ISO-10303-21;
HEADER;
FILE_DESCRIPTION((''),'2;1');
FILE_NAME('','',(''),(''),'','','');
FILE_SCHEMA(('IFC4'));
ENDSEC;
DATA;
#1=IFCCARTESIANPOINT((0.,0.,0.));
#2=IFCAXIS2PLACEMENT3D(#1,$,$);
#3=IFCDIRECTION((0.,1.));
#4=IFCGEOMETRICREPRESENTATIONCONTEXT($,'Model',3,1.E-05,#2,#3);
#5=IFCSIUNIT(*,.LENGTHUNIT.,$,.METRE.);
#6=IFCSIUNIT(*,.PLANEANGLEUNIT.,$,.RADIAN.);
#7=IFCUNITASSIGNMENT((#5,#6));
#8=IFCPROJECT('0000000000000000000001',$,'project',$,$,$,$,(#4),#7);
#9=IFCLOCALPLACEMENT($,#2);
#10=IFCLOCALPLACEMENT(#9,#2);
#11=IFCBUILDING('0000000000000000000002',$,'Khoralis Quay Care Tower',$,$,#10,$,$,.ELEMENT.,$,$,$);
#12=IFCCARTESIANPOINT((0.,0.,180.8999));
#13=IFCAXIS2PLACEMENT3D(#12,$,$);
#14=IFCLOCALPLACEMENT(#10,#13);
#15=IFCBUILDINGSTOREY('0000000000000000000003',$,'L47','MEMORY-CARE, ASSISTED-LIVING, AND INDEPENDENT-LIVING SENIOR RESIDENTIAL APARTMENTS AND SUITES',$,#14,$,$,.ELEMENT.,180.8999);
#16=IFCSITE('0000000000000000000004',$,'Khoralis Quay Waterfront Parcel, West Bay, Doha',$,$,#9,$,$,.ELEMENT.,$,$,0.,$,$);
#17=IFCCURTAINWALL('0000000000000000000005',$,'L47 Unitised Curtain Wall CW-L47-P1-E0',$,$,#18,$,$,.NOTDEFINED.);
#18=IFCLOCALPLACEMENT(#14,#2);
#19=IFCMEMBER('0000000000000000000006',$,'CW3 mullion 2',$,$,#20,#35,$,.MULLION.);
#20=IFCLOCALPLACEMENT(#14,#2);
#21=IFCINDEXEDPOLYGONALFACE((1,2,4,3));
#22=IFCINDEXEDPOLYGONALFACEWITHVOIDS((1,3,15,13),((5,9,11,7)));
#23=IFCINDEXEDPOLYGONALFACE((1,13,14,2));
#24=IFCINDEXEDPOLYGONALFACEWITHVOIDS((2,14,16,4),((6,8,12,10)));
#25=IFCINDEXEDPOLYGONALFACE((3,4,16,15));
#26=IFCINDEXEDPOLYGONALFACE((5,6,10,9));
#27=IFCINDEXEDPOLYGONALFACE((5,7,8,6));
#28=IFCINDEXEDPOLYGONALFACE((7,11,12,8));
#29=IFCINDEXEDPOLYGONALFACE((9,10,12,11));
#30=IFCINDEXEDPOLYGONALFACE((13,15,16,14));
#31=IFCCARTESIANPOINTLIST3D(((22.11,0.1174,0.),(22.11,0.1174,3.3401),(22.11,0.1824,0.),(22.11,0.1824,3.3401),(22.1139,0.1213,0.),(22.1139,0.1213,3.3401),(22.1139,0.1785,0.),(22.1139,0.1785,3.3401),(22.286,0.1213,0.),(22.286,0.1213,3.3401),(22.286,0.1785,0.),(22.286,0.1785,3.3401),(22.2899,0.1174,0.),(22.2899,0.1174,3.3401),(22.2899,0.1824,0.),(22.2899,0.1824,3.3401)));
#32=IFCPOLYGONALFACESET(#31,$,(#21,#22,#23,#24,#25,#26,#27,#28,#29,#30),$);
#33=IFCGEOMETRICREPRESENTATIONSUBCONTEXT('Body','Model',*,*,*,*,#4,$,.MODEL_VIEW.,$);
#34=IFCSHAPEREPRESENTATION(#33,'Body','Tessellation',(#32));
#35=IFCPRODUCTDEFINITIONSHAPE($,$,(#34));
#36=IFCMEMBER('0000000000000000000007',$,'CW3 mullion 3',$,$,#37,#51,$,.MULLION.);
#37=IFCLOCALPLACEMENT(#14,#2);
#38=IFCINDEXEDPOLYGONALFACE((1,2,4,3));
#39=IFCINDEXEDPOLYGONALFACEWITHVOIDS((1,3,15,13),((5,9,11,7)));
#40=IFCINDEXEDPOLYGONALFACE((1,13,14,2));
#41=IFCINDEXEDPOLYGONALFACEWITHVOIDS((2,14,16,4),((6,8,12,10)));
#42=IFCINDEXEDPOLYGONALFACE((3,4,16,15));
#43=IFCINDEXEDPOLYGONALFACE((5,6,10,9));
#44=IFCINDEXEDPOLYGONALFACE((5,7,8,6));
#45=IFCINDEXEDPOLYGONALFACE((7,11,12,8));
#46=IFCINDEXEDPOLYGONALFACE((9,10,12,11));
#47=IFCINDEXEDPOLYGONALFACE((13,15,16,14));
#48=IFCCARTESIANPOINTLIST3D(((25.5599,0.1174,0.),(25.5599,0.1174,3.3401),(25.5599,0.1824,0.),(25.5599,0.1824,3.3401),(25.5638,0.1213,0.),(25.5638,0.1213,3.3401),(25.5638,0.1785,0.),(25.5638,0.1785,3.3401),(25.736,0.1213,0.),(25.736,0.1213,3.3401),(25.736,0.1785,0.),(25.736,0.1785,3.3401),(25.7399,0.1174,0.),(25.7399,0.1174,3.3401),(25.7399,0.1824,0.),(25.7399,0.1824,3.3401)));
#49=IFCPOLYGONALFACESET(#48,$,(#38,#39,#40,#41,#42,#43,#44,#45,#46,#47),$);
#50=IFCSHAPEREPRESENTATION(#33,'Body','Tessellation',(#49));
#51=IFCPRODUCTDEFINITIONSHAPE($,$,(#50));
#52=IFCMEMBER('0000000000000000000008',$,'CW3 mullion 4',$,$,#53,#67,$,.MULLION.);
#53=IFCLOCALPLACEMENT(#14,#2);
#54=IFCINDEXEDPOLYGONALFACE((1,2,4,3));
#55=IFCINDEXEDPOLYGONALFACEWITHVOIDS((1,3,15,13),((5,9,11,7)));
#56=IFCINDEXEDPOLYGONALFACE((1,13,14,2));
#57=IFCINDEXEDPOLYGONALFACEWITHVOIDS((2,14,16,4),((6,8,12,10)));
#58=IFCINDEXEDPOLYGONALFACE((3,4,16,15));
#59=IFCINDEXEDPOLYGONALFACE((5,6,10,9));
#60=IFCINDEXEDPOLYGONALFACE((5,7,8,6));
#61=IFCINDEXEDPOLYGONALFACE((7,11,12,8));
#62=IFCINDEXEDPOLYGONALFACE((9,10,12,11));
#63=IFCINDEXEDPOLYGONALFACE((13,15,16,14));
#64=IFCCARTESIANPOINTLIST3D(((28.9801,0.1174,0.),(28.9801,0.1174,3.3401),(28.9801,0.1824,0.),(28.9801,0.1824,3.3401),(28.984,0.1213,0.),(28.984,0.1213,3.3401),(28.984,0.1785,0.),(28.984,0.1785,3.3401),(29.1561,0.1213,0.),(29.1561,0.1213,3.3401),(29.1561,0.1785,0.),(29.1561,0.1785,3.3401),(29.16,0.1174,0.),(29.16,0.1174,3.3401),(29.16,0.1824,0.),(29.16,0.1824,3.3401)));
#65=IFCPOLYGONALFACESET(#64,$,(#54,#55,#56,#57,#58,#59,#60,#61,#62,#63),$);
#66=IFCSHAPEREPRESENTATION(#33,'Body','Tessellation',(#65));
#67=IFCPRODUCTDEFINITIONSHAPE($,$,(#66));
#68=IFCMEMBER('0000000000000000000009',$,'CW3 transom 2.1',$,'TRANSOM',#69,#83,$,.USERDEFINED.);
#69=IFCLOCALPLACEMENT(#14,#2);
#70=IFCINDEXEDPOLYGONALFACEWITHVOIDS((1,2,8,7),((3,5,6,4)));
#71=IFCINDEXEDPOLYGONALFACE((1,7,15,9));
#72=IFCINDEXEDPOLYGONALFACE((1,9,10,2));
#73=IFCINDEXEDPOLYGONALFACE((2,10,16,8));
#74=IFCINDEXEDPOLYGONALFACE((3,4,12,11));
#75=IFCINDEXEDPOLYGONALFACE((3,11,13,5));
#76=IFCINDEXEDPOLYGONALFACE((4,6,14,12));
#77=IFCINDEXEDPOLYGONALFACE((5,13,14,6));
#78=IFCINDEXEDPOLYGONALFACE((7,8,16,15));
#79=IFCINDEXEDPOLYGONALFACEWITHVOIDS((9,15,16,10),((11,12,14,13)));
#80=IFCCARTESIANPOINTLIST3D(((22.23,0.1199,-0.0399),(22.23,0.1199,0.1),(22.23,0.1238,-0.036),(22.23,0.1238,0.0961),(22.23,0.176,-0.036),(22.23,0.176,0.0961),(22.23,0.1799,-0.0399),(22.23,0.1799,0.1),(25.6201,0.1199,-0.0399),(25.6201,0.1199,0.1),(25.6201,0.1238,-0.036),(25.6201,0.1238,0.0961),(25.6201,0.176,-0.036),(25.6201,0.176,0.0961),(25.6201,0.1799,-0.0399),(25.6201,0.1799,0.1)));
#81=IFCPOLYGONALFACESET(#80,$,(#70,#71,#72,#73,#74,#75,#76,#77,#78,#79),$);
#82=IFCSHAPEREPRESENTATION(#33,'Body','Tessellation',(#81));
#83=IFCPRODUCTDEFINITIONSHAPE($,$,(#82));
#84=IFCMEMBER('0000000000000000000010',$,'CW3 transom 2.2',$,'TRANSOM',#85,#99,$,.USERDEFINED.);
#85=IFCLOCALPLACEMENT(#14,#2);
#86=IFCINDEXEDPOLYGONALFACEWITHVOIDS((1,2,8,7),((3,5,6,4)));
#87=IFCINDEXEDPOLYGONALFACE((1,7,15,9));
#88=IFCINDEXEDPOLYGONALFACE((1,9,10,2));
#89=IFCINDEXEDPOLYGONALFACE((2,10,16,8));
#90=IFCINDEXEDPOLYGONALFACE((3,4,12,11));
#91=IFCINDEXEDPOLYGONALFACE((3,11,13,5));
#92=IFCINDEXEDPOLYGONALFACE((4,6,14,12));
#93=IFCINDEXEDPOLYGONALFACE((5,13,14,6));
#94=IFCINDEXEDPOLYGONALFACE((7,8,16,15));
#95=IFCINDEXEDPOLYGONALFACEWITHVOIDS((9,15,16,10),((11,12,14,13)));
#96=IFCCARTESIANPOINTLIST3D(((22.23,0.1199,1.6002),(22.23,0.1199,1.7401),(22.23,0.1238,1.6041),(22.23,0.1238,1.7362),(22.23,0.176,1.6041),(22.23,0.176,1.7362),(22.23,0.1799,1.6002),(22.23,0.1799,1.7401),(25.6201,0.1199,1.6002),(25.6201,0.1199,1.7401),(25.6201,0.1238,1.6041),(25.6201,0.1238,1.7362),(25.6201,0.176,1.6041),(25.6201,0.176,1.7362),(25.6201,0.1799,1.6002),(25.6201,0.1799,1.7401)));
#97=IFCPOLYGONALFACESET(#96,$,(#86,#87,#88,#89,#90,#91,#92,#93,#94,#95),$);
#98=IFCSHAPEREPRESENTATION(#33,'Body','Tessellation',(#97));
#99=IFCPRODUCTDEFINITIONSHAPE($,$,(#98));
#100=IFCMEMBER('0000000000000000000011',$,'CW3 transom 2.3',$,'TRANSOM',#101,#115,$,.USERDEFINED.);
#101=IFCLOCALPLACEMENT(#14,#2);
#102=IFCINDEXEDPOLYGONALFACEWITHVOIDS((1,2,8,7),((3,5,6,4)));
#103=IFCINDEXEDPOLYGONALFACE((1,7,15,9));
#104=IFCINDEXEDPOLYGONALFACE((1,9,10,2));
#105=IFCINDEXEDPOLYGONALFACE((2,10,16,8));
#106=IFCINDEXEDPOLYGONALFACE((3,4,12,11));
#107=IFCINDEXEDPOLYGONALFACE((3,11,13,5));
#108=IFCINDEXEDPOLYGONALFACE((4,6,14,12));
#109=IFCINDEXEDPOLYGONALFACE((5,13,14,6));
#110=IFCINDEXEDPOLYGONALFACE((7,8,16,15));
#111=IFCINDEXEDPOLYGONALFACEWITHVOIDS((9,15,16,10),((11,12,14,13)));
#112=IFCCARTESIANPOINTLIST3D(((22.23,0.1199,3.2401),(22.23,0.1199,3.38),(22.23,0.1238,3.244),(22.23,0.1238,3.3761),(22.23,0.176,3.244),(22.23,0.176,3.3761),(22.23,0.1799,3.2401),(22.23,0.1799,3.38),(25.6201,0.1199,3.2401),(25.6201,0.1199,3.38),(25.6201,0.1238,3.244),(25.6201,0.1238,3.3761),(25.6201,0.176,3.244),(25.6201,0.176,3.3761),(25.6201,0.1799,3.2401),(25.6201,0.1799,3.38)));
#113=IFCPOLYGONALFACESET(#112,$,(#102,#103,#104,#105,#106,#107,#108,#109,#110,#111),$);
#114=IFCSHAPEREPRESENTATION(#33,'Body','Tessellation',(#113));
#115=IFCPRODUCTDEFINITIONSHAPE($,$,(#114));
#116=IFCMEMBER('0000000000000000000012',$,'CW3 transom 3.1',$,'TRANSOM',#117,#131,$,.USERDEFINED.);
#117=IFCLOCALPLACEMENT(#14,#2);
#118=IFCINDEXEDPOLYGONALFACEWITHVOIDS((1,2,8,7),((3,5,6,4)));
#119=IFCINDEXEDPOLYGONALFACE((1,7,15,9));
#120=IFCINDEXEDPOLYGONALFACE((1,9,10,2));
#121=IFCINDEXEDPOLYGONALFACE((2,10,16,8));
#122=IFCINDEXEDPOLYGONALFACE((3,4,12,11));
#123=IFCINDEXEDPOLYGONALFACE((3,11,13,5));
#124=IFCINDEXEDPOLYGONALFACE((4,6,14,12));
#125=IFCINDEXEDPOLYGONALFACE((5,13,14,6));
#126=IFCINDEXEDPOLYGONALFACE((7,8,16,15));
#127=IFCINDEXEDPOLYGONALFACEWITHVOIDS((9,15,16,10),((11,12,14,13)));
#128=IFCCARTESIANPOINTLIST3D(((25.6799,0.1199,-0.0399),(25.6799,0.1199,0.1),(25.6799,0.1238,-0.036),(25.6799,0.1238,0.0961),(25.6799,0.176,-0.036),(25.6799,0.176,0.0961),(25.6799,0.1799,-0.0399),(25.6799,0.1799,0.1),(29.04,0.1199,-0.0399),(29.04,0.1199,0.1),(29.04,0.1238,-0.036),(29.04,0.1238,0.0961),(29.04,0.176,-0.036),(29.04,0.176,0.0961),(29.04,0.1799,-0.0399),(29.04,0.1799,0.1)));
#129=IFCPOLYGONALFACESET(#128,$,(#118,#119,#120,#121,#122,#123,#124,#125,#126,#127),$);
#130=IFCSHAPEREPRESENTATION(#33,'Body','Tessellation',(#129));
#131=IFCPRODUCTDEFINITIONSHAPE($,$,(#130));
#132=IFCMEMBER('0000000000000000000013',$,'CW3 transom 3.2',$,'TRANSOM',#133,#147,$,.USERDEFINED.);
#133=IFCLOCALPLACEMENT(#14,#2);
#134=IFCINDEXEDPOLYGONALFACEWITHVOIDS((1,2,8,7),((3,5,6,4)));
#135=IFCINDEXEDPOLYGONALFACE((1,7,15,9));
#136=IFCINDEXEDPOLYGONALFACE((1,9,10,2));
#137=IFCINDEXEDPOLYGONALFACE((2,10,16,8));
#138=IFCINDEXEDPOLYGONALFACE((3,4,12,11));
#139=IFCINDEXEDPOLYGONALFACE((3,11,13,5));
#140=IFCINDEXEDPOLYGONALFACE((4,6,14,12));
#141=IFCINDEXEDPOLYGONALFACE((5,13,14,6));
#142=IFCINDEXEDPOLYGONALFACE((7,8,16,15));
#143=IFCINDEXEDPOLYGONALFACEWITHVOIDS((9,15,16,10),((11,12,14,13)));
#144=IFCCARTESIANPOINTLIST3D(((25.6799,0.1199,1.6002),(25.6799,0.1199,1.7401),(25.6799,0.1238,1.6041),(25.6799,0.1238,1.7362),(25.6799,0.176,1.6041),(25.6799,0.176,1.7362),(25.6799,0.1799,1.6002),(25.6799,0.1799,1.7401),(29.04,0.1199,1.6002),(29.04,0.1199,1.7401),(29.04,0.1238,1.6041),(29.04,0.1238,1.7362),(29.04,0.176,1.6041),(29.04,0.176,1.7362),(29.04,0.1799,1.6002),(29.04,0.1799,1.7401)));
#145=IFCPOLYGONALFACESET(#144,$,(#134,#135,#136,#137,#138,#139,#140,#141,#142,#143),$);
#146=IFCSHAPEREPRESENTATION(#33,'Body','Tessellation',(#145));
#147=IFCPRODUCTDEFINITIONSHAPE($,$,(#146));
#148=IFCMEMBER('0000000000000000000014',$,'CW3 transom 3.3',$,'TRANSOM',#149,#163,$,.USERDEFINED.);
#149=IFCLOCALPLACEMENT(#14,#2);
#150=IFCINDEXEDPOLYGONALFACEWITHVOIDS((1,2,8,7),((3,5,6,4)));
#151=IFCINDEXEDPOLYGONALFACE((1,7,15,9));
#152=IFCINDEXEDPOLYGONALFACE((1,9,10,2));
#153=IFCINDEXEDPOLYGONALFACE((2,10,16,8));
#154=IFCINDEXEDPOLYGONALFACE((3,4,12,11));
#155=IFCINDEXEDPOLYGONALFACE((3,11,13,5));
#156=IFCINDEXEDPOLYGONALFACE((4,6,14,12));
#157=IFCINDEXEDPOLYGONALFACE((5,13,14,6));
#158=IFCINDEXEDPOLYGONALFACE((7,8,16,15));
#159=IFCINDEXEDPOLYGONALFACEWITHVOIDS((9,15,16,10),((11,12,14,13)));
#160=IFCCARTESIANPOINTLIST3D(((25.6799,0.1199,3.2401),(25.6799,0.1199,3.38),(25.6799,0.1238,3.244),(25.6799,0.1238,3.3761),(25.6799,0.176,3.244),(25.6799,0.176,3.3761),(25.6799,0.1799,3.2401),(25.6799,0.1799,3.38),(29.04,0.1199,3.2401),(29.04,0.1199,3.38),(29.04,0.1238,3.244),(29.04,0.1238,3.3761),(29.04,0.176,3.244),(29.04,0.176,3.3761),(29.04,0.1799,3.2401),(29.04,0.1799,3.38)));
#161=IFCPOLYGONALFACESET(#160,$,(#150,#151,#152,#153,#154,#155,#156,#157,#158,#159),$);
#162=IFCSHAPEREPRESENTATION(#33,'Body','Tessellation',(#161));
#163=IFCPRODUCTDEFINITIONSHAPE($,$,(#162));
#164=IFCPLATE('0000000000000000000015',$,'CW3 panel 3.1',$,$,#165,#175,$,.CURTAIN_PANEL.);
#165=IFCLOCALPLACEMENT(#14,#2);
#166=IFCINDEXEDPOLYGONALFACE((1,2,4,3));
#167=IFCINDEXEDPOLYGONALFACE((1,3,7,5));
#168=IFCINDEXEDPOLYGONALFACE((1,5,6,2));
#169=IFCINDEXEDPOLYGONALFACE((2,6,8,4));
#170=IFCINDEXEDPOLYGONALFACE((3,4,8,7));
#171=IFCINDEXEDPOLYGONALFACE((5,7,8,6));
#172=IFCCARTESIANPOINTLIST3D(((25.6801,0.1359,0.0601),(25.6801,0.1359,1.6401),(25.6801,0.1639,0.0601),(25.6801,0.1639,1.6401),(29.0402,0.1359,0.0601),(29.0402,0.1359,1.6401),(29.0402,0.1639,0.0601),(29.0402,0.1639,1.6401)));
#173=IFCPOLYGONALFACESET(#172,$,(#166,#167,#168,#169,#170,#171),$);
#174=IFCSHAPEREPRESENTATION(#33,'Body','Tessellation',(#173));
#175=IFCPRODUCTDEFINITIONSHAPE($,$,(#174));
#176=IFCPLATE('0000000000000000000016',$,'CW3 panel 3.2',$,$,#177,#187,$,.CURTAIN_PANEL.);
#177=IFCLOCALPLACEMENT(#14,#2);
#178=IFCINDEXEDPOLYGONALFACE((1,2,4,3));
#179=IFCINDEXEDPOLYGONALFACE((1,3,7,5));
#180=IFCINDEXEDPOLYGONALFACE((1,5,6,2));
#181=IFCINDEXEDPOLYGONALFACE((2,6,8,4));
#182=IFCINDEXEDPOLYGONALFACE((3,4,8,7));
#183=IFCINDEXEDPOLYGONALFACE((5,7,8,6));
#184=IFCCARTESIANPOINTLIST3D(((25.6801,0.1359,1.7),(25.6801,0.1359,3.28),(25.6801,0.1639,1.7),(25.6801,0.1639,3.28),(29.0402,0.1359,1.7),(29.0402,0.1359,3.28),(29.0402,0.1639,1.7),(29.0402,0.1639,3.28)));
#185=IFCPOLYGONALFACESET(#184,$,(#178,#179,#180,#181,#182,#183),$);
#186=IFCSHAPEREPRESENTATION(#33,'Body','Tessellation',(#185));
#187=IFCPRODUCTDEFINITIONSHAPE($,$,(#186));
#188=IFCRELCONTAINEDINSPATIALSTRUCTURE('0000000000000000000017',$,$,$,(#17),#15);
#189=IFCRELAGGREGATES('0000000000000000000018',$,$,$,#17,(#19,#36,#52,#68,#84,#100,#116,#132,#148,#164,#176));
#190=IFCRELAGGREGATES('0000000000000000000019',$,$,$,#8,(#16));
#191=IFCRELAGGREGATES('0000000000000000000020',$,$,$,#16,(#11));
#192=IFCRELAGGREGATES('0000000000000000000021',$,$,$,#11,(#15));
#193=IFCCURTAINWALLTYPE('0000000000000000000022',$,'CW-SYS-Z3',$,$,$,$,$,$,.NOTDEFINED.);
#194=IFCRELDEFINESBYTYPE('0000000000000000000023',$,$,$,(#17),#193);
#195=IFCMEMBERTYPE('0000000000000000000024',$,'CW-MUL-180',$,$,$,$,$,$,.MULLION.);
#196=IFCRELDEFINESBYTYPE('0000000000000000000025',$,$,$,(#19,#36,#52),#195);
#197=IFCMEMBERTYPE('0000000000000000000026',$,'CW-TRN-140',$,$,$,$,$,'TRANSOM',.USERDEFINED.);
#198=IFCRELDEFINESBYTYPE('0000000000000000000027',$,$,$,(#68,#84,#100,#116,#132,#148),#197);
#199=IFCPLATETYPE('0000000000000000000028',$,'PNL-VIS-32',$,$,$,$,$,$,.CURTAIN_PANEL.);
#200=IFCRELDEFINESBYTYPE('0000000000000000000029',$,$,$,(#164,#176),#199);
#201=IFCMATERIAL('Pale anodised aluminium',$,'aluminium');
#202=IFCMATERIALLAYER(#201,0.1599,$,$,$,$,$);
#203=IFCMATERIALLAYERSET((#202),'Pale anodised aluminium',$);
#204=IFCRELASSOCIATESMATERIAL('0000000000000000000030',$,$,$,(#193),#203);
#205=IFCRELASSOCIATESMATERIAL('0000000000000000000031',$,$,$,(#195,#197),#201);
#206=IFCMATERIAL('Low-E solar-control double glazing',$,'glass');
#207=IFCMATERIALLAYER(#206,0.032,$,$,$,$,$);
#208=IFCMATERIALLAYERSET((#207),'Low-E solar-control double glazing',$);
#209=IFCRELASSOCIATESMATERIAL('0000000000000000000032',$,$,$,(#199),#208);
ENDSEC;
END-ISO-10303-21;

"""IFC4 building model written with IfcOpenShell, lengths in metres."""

from ifc_helpers import new_model, si_unit, direction, frame, origin, origin_2d, place, context, subcontext, project, spatial, rectangle, hollow_rectangle, extrude, source, transform, mapped, material, layer, layer_set, material_profile, profile_set, type_object, element, aggregate, save


model = new_model("IFC4")

# Units and contexts
model_context = context("Model", 3, precision=1e-05, world=origin(), true_north=direction((0.0, 1.0)))
body_context = subcontext(model_context, "Body", "Model", "MODEL_VIEW")
ifc_project = project(units=[si_unit("LENGTHUNIT", "METRE"), si_unit("PLANEANGLEUNIT", "RADIAN")], contexts=[model_context])

# Site, building, storey
site_placement = place(None, origin())
site = spatial("IfcSite", under=ifc_project, at=site_placement, Name="Khoralis Quay Waterfront Parcel, West Bay, Doha", CompositionType="ELEMENT", RefElevation=0.0)
building_placement = place(site_placement, origin())
building = spatial("IfcBuilding", under=site, at=building_placement, Name="Khoralis Quay Care Tower", CompositionType="ELEMENT")
storey_placement = place(building_placement, frame((0.0, 0.0, 180.8999)))
storey = spatial("IfcBuildingStorey", under=building, at=storey_placement, Name="L47", Description="MEMORY-CARE, ASSISTED-LIVING, AND INDEPENDENT-LIVING SENIOR RESIDENTIAL APARTMENTS AND SUITES", CompositionType="ELEMENT", Elevation=180.8999)

# Curtain wall, members, plates
ifc_material_1 = material(Name="Pale anodised aluminium", Category="aluminium")
ifc_layer_1 = layer(ifc_material_1, 0.1599)
ifc_layer_set_1 = layer_set([ifc_layer_1], Name="Pale anodised aluminium")
curtain_wall_type = type_object("IfcCurtainWallType", Name="CW-SYS-Z3", PredefinedType="NOTDEFINED", material=ifc_layer_set_1)
curtain_wall_placement = place(storey_placement, origin())
curtain_wall = element("IfcCurtainWall", 1, at=curtain_wall_placement, inside=storey, type_object=curtain_wall_type, Name="L47 Unitised Curtain Wall CW-L47-P1-E0", PredefinedType="NOTDEFINED")
ifc_material_profile_1 = material_profile(ifc_material_1, hollow_rectangle(XDim=0.0649, YDim=0.1799, WallThickness=0.0039, at=origin_2d()), Name="Pale anodised aluminium")
ifc_profile_set_1 = profile_set([ifc_material_profile_1], Name="Pale anodised aluminium")
member_type_1 = type_object("IfcMemberType", Name="CW-MUL-180", PredefinedType="MULLION", material=ifc_profile_set_1)
shared_shape_1 = source(origin(), body_context, "Body", "SweptSolid", [
    extrude(hollow_rectangle(XDim=0.0649, YDim=0.1799, WallThickness=0.0039, at=origin_2d()), origin(), (0.0, 0.0, 1.0), 3.3401),
])
member_1_placement = place(storey_placement, frame((22.2, 0.1499, 0.0), z_axis=(0.0, 0.0, 1.0), x_axis=(0.0, 1.0, 0.0)))
member_1 = element("IfcMember", 2, at=member_1_placement, type_object=member_type_1, Name="CW3 mullion 2", PredefinedType="MULLION", context=body_context, shape_type="MappedRepresentation", body=[
    mapped(shared_shape_1, transform((0.0, 0.0, 0.0), scale=1.0)),
])
member_2_placement = place(storey_placement, frame((25.6499, 0.1499, 0.0), z_axis=(0.0, 0.0, 1.0), x_axis=(0.0, 1.0, 0.0)))
member_2 = element("IfcMember", 3, at=member_2_placement, type_object=member_type_1, Name="CW3 mullion 3", PredefinedType="MULLION", context=body_context, shape_type="MappedRepresentation", body=[
    mapped(shared_shape_1, transform((0.0, 0.0, 0.0), scale=1.0)),
])
member_3_placement = place(storey_placement, frame((29.0701, 0.1499, 0.0), z_axis=(0.0, 0.0, 1.0), x_axis=(0.0, 1.0, 0.0)))
member_3 = element("IfcMember", 4, at=member_3_placement, type_object=member_type_1, Name="CW3 mullion 4", PredefinedType="MULLION", context=body_context, shape_type="MappedRepresentation", body=[
    mapped(shared_shape_1, transform((0.0, 0.0, 0.0), scale=1.0)),
])
ifc_material_profile_2 = material_profile(ifc_material_1, hollow_rectangle(XDim=0.0601, YDim=0.1399, WallThickness=0.0039, at=origin_2d()), Name="Pale anodised aluminium")
ifc_profile_set_2 = profile_set([ifc_material_profile_2], Name="Pale anodised aluminium")
member_type_2 = type_object("IfcMemberType", Name="CW-TRN-140", ElementType="TRANSOM", PredefinedType="USERDEFINED", material=ifc_profile_set_2)
shared_shape_2 = source(origin(), body_context, "Body", "SweptSolid", [
    extrude(hollow_rectangle(XDim=0.0601, YDim=0.1399, WallThickness=0.0039, at=origin_2d()), origin(), (0.0, 0.0, 1.0), 3.3901),
])
member_4_placement = place(storey_placement, frame((22.23, 0.1499, 0.03), z_axis=(1.0, 0.0, 0.0), x_axis=(0.0, 1.0, 0.0)))
member_4 = element("IfcMember", 5, at=member_4_placement, type_object=member_type_2, Name="CW3 transom 2.1", ObjectType="TRANSOM", PredefinedType="USERDEFINED", context=body_context, shape_type="MappedRepresentation", body=[
    mapped(shared_shape_2, transform((0.0, 0.0, 0.0), scale=1.0)),
])
member_5_placement = place(storey_placement, frame((22.23, 0.1499, 1.6702), z_axis=(1.0, 0.0, 0.0), x_axis=(0.0, 1.0, 0.0)))
member_5 = element("IfcMember", 6, at=member_5_placement, type_object=member_type_2, Name="CW3 transom 2.2", ObjectType="TRANSOM", PredefinedType="USERDEFINED", context=body_context, shape_type="MappedRepresentation", body=[
    mapped(shared_shape_2, transform((0.0, 0.0, 0.0), scale=1.0)),
])
member_6_placement = place(storey_placement, frame((22.23, 0.1499, 3.3101), z_axis=(1.0, 0.0, 0.0), x_axis=(0.0, 1.0, 0.0)))
member_6 = element("IfcMember", 7, at=member_6_placement, type_object=member_type_2, Name="CW3 transom 2.3", ObjectType="TRANSOM", PredefinedType="USERDEFINED", context=body_context, shape_type="MappedRepresentation", body=[
    mapped(shared_shape_2, transform((0.0, 0.0, 0.0), scale=1.0)),
])
shared_shape_3 = source(origin(), body_context, "Body", "SweptSolid", [
    extrude(hollow_rectangle(XDim=0.0601, YDim=0.1399, WallThickness=0.0039, at=origin_2d()), origin(), (0.0, 0.0, 1.0), 3.3601),
])
member_7_placement = place(storey_placement, frame((25.6799, 0.1499, 0.03), z_axis=(1.0, 0.0, 0.0), x_axis=(0.0, 1.0, 0.0)))
member_7 = element("IfcMember", 8, at=member_7_placement, type_object=member_type_2, Name="CW3 transom 3.1", ObjectType="TRANSOM", PredefinedType="USERDEFINED", context=body_context, shape_type="MappedRepresentation", body=[
    mapped(shared_shape_3, transform((0.0, 0.0, 0.0), scale=1.0)),
])
member_8_placement = place(storey_placement, frame((25.6799, 0.1499, 1.6702), z_axis=(1.0, 0.0, 0.0), x_axis=(0.0, 1.0, 0.0)))
member_8 = element("IfcMember", 9, at=member_8_placement, type_object=member_type_2, Name="CW3 transom 3.2", ObjectType="TRANSOM", PredefinedType="USERDEFINED", context=body_context, shape_type="MappedRepresentation", body=[
    mapped(shared_shape_3, transform((0.0, 0.0, 0.0), scale=1.0)),
])
member_9_placement = place(storey_placement, frame((25.6799, 0.1499, 3.3101), z_axis=(1.0, 0.0, 0.0), x_axis=(0.0, 1.0, 0.0)))
member_9 = element("IfcMember", 10, at=member_9_placement, type_object=member_type_2, Name="CW3 transom 3.3", ObjectType="TRANSOM", PredefinedType="USERDEFINED", context=body_context, shape_type="MappedRepresentation", body=[
    mapped(shared_shape_3, transform((0.0, 0.0, 0.0), scale=1.0)),
])
ifc_material_2 = material(Name="Low-E solar-control double glazing", Category="glass")
ifc_layer_2 = layer(ifc_material_2, 0.032)
ifc_layer_set_2 = layer_set([ifc_layer_2], Name="Low-E solar-control double glazing")
plate_type = type_object("IfcPlateType", Name="PNL-VIS-32", PredefinedType="CURTAIN_PANEL", material=ifc_layer_set_2)
shared_shape_4 = source(origin(), body_context, "Body", "SweptSolid", [
    extrude(rectangle(XDim=3.3601, YDim=0.0281, at=origin_2d()), origin(), (0.0, 0.0, 1.0), 1.5801),
])
plate_1_placement = place(storey_placement, frame((27.3601, 0.1499, 0.0601), z_axis=(0.0, 0.0, 1.0), x_axis=(1.0, 0.0, 0.0)))
plate_1 = element("IfcPlate", 11, at=plate_1_placement, type_object=plate_type, Name="CW3 panel 3.1", PredefinedType="CURTAIN_PANEL", context=body_context, shape_type="MappedRepresentation", body=[
    mapped(shared_shape_4, transform((0.0, 0.0, 0.0), scale=1.0)),
])
plate_2_placement = place(storey_placement, frame((27.3601, 0.1499, 1.7), z_axis=(0.0, 0.0, 1.0), x_axis=(1.0, 0.0, 0.0)))
plate_2 = element("IfcPlate", 12, at=plate_2_placement, type_object=plate_type, Name="CW3 panel 3.2", PredefinedType="CURTAIN_PANEL", context=body_context, shape_type="MappedRepresentation", body=[
    mapped(shared_shape_4, transform((0.0, 0.0, 0.0), scale=1.0)),
])
aggregate(curtain_wall, [member_1, member_2, member_3, member_4, member_5, member_6, member_7, member_8, member_9, plate_1, plate_2])

save(model, "model.ifc")
